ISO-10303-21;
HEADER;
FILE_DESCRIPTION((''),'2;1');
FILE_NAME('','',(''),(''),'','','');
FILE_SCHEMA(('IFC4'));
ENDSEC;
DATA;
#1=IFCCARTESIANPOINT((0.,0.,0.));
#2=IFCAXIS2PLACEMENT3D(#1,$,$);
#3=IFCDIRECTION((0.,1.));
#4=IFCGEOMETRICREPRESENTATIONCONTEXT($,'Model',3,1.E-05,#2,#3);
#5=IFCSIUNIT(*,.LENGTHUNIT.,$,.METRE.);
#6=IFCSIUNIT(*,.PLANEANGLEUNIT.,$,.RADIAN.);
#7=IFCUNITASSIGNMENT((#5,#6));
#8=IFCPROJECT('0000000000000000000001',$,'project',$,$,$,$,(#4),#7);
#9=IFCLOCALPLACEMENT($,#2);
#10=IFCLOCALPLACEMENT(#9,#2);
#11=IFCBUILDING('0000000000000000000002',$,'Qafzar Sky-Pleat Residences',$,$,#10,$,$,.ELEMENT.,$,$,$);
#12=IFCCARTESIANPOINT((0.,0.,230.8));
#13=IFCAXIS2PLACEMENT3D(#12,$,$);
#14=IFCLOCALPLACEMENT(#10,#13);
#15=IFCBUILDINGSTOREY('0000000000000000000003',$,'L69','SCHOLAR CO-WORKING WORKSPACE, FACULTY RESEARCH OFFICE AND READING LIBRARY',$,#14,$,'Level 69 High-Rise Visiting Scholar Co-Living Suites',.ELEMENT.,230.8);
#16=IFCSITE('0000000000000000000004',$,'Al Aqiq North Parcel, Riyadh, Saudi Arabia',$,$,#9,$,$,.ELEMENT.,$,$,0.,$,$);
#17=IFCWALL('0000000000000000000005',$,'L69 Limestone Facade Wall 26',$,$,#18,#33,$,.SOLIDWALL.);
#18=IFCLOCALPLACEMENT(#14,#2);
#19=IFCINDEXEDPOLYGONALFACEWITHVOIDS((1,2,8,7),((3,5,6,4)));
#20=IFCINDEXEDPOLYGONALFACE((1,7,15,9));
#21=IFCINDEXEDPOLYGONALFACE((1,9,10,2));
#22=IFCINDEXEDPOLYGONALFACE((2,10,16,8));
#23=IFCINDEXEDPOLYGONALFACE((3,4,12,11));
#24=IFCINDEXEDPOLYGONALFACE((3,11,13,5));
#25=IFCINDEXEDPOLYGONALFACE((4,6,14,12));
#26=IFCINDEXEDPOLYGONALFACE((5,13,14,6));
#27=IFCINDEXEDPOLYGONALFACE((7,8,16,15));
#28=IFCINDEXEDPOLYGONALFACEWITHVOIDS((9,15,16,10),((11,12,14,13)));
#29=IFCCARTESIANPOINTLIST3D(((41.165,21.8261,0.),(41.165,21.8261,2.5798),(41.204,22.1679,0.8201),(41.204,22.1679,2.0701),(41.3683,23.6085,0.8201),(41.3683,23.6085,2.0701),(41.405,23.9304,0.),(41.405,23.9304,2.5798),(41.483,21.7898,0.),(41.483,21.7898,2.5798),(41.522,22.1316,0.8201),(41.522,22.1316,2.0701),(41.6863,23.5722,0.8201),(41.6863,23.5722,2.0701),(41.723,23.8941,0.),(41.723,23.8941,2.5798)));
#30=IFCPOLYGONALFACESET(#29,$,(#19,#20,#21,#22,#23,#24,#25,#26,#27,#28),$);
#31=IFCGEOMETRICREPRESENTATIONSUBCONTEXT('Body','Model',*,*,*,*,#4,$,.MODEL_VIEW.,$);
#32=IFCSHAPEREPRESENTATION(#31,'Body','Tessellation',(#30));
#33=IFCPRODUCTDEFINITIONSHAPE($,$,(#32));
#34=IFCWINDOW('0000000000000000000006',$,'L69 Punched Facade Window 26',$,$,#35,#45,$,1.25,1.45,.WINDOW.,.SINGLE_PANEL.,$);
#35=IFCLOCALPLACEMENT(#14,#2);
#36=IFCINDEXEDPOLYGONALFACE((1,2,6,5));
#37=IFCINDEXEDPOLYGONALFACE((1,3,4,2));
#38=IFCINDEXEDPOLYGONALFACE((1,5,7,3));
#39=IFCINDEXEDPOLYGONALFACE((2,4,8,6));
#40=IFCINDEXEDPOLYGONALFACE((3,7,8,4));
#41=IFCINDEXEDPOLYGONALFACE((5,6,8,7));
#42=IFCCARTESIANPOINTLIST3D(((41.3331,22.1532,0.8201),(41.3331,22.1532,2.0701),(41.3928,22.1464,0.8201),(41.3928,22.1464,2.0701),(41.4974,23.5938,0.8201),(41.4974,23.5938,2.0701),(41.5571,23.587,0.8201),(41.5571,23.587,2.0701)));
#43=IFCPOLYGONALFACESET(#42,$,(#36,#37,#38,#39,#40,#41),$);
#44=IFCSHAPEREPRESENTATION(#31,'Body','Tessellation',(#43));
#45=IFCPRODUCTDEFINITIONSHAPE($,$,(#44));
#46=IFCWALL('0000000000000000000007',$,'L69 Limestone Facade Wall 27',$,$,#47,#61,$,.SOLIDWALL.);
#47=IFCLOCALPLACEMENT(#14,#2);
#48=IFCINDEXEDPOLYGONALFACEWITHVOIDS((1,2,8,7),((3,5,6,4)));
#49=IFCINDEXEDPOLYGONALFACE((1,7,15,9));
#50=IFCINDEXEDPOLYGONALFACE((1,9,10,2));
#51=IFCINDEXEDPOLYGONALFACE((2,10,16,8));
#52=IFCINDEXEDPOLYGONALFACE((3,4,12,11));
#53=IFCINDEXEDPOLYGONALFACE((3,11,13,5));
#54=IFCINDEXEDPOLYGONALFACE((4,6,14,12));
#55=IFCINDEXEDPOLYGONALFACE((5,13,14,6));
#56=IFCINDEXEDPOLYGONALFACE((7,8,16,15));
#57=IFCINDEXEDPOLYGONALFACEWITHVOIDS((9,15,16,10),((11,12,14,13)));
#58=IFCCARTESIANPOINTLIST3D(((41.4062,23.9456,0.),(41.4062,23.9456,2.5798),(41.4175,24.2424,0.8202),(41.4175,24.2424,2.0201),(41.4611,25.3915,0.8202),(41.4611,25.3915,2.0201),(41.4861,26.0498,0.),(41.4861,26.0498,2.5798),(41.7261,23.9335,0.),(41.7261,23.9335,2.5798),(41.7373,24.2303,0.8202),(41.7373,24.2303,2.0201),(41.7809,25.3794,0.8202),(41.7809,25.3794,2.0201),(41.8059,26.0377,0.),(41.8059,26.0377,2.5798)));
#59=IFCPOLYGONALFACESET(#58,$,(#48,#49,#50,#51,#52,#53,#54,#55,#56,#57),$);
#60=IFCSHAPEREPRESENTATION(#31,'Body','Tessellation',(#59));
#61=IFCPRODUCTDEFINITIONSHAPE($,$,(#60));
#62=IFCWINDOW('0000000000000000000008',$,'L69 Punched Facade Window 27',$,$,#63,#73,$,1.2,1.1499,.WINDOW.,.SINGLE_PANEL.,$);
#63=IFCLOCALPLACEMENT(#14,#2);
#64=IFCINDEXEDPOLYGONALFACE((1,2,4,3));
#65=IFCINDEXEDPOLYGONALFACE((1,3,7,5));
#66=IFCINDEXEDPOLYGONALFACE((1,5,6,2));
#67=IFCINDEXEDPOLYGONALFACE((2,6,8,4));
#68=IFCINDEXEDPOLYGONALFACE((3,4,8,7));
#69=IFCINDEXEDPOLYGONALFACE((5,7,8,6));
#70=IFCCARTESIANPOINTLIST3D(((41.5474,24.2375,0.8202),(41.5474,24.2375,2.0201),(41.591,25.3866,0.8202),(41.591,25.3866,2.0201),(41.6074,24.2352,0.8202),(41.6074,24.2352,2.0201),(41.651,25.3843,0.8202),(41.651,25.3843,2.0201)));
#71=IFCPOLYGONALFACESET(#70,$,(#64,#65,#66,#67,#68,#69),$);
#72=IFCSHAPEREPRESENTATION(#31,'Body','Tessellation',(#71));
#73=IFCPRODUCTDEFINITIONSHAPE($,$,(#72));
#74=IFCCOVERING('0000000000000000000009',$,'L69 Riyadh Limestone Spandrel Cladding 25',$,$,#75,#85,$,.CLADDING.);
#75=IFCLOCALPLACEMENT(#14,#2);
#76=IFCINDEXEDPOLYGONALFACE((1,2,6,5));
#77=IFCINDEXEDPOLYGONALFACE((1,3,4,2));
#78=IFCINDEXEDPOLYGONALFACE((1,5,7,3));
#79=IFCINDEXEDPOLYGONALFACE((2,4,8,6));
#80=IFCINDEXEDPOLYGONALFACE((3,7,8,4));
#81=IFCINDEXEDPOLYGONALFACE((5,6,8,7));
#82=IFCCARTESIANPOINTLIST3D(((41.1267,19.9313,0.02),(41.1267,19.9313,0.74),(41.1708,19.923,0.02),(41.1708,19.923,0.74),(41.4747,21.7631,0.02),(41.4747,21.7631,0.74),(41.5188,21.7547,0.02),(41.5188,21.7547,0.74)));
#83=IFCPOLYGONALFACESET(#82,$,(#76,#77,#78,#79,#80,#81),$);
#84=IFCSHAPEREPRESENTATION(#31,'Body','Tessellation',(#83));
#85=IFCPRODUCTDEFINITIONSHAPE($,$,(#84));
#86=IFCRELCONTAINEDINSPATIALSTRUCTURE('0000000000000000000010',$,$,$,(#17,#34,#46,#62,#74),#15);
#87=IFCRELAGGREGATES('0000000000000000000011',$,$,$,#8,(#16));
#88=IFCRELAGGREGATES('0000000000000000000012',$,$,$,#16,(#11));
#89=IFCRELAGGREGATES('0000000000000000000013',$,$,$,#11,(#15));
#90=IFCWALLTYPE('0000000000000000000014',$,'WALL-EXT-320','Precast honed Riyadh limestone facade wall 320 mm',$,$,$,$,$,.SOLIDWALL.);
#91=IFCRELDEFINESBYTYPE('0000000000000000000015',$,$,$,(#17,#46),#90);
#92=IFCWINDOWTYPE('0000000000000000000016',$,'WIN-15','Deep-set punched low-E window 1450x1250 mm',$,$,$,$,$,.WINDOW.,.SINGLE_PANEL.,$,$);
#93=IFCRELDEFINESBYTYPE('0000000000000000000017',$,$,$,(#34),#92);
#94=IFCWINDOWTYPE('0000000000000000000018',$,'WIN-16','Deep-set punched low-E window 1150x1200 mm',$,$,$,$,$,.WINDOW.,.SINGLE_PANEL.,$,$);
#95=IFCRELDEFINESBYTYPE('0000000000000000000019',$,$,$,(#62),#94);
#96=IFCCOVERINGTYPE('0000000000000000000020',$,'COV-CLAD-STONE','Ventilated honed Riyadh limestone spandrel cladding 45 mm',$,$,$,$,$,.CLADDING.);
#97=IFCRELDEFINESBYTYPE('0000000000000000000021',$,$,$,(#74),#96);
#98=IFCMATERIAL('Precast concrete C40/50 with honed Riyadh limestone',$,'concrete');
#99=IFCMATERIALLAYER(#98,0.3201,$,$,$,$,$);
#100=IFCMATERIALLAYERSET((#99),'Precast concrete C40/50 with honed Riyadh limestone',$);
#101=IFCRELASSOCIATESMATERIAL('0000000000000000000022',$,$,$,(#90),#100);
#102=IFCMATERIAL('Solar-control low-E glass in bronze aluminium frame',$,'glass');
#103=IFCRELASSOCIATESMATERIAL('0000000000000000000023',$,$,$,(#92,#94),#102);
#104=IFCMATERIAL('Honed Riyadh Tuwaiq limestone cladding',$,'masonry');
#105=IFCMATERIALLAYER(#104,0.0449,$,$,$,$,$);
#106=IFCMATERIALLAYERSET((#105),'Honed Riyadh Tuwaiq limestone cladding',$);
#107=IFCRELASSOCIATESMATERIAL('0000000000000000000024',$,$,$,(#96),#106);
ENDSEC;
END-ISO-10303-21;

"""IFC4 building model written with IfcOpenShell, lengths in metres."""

from ifc_helpers import new_model, si_unit, direction, frame, frame_2d, origin, origin_2d, place, context, subcontext, project, spatial, rectangle, extrude, source, transform, mapped, material, layer, layer_set, type_object, element, fill, save


model = new_model("IFC4")

# Units and contexts
model_context = context("Model", 3, precision=1e-05, world=origin(), true_north=direction((0.0, 1.0)))
body_context = subcontext(model_context, "Body", "Model", "MODEL_VIEW")
ifc_project = project(units=[si_unit("LENGTHUNIT", "METRE"), si_unit("PLANEANGLEUNIT", "RADIAN")], contexts=[model_context])

# Site, building, storey
site_placement = place(None, origin())
site = spatial("IfcSite", under=ifc_project, at=site_placement, Name="Al Aqiq North Parcel, Riyadh, Saudi Arabia", CompositionType="ELEMENT", RefElevation=0.0)
building_placement = place(site_placement, origin())
building = spatial("IfcBuilding", under=site, at=building_placement, Name="Qafzar Sky-Pleat Residences", CompositionType="ELEMENT")
storey_placement = place(building_placement, frame((0.0, 0.0, 230.8)))
storey = spatial("IfcBuildingStorey", under=building, at=storey_placement, Name="L69", Description="SCHOLAR CO-WORKING WORKSPACE, FACULTY RESEARCH OFFICE AND READING LIBRARY", LongName="Level 69 High-Rise Visiting Scholar Co-Living Suites", CompositionType="ELEMENT", Elevation=230.8)

# Walls, openings, windows
ifc_material_1 = material(Name="Precast concrete C40/50 with honed Riyadh limestone", Category="concrete")
ifc_layer_1 = layer(ifc_material_1, 0.3201)
ifc_layer_set_1 = layer_set([ifc_layer_1], Name="Precast concrete C40/50 with honed Riyadh limestone")
wall_type_1 = type_object("IfcWallType", Name="WALL-EXT-320", Description="Precast honed Riyadh limestone facade wall 320 mm", PredefinedType="SOLIDWALL", material=ifc_layer_set_1)
ifc_material_2 = material(Name="Solar-control low-E glass in bronze aluminium frame", Category="glass")
wall_1_placement = place(storey_placement, frame((41.324, 21.8079, 0.0), z_axis=(0.0, 0.0, 1.0), x_axis=(0.113316, 0.993559, 0.0)))
wall_1 = element("IfcWall", 1, at=wall_1_placement, inside=storey, type_object=wall_type_1, Name="L69 Limestone Facade Wall 26", PredefinedType="SOLIDWALL", context=body_context, shape_type="SweptSolid", body=[
    extrude(rectangle(XDim=2.1179, YDim=0.3201, at=frame_2d((1.0591, 0.0))), origin(), (0.0, 0.0, 1.0), 2.5798),
])
opening_1_placement = place(wall_1_placement, frame((0.344, 0.0, 0.8201)))
opening_1 = element("IfcOpeningElement", 2, at=opening_1_placement, cuts=wall_1, PredefinedType="OPENING", context=body_context, shape_type="SweptSolid", body=[
    extrude(rectangle(XDim=1.45, YDim=1.25, at=frame_2d((0.7251, 0.625))), frame((0.0, 0.1699, 0.0), z_axis=(0.0, -1.0, 0.0), x_axis=(1.0, 0.0, 0.0)), (0.0, 0.0, 1.0), 0.3401),
])
window_type_1 = type_object("IfcWindowType", Name="WIN-15", Description="Deep-set punched low-E window 1450x1250 mm", PartitioningType="SINGLE_PANEL", PredefinedType="WINDOW", material=ifc_material_2)
shared_shape_1 = source(origin(), body_context, "Body", "SweptSolid", [
    extrude(rectangle(XDim=1.45, YDim=1.25, at=frame_2d((0.7251, 0.625))), frame((0.0, 0.03, 0.0), z_axis=(0.0, -1.0, 0.0), x_axis=(1.0, 0.0, 0.0)), (0.0, 0.0, 1.0), 0.0601),
])
window_1_placement = place(opening_1_placement, origin())
window_1 = element("IfcWindow", 3, at=window_1_placement, inside=storey, type_object=window_type_1, Name="L69 Punched Facade Window 26", OverallHeight=1.25, OverallWidth=1.45, PartitioningType="SINGLE_PANEL", PredefinedType="WINDOW", context=body_context, shape_type="MappedRepresentation", body=[
    mapped(shared_shape_1, transform((0.0, 0.0, 0.0), x_axis=(1.0, 0.0, 0.0), y_axis=(0.0, 1.0, 0.0), z_axis=(0.0, 0.0, 1.0), scale=1.0)),
])
fill(opening_1, window_1)
wall_2_placement = place(storey_placement, frame((41.5662, 23.9397, 0.0), z_axis=(0.0, 0.0, 1.0), x_axis=(0.037912, 0.999281, 0.0)))
wall_2 = element("IfcWall", 4, at=wall_2_placement, inside=storey, type_object=wall_type_1, Name="L69 Limestone Facade Wall 27", PredefinedType="SOLIDWALL", context=body_context, shape_type="SweptSolid", body=[
    extrude(rectangle(XDim=2.1057, YDim=0.3201, at=frame_2d((1.0527, 0.0))), origin(), (0.0, 0.0, 1.0), 2.5798),
])
opening_2_placement = place(wall_2_placement, frame((0.2969, 0.0, 0.8201)))
opening_2 = element("IfcOpeningElement", 5, at=opening_2_placement, cuts=wall_2, PredefinedType="OPENING", context=body_context, shape_type="SweptSolid", body=[
    extrude(rectangle(XDim=1.1499, YDim=1.2, at=frame_2d((0.575, 0.6001))), frame((0.0, 0.1699, 0.0), z_axis=(0.0, -1.0, 0.0), x_axis=(1.0, 0.0, 0.0)), (0.0, 0.0, 1.0), 0.3401),
])
window_type_2 = type_object("IfcWindowType", Name="WIN-16", Description="Deep-set punched low-E window 1150x1200 mm", PartitioningType="SINGLE_PANEL", PredefinedType="WINDOW", material=ifc_material_2)
shared_shape_2 = source(origin(), body_context, "Body", "SweptSolid", [
    extrude(rectangle(XDim=1.1499, YDim=1.2, at=frame_2d((0.575, 0.6001))), frame((0.0, 0.03, 0.0), z_axis=(0.0, -1.0, 0.0), x_axis=(1.0, 0.0, 0.0)), (0.0, 0.0, 1.0), 0.0601),
])
window_2_placement = place(opening_2_placement, origin())
window_2 = element("IfcWindow", 6, at=window_2_placement, inside=storey, type_object=window_type_2, Name="L69 Punched Facade Window 27", OverallHeight=1.2, OverallWidth=1.1499, PartitioningType="SINGLE_PANEL", PredefinedType="WINDOW", context=body_context, shape_type="MappedRepresentation", body=[
    mapped(shared_shape_2, transform((0.0, 0.0, 0.0), x_axis=(1.0, 0.0, 0.0), y_axis=(0.0, 1.0, 0.0), z_axis=(0.0, 0.0, 1.0), scale=1.0)),
])
fill(opening_2, window_2)

# Covering
ifc_material_3 = material(Name="Honed Riyadh Tuwaiq limestone cladding", Category="masonry")
ifc_layer_2 = layer(ifc_material_3, 0.0449)
ifc_layer_set_2 = layer_set([ifc_layer_2], Name="Honed Riyadh Tuwaiq limestone cladding")
covering_type = type_object("IfcCoveringType", Name="COV-CLAD-STONE", Description="Ventilated honed Riyadh limestone spandrel cladding 45 mm", PredefinedType="CLADDING", material=ifc_layer_set_2)
shared_shape_3 = source(origin(), body_context, "Body", "SweptSolid", [
    extrude(rectangle(XDim=1.8645, YDim=0.0449, at=origin_2d()), origin(), (0.0, 0.0, 1.0), 0.72),
])
covering_placement = place(storey_placement, frame((41.3228, 20.843, 0.02), z_axis=(0.0, 0.0, 1.0), x_axis=(0.186666, 0.982423, 0.0)))
element("IfcCovering", 7, at=covering_placement, inside=storey, type_object=covering_type, Name="L69 Riyadh Limestone Spandrel Cladding 25", PredefinedType="CLADDING", context=body_context, shape_type="MappedRepresentation", body=[
    mapped(shared_shape_3, transform((0.0, 0.0, 0.0), x_axis=(1.0, 0.0, 0.0), y_axis=(0.0, 1.0, 0.0), z_axis=(0.0, 0.0, 1.0), scale=1.0)),
])

save(model, "model.ifc")
